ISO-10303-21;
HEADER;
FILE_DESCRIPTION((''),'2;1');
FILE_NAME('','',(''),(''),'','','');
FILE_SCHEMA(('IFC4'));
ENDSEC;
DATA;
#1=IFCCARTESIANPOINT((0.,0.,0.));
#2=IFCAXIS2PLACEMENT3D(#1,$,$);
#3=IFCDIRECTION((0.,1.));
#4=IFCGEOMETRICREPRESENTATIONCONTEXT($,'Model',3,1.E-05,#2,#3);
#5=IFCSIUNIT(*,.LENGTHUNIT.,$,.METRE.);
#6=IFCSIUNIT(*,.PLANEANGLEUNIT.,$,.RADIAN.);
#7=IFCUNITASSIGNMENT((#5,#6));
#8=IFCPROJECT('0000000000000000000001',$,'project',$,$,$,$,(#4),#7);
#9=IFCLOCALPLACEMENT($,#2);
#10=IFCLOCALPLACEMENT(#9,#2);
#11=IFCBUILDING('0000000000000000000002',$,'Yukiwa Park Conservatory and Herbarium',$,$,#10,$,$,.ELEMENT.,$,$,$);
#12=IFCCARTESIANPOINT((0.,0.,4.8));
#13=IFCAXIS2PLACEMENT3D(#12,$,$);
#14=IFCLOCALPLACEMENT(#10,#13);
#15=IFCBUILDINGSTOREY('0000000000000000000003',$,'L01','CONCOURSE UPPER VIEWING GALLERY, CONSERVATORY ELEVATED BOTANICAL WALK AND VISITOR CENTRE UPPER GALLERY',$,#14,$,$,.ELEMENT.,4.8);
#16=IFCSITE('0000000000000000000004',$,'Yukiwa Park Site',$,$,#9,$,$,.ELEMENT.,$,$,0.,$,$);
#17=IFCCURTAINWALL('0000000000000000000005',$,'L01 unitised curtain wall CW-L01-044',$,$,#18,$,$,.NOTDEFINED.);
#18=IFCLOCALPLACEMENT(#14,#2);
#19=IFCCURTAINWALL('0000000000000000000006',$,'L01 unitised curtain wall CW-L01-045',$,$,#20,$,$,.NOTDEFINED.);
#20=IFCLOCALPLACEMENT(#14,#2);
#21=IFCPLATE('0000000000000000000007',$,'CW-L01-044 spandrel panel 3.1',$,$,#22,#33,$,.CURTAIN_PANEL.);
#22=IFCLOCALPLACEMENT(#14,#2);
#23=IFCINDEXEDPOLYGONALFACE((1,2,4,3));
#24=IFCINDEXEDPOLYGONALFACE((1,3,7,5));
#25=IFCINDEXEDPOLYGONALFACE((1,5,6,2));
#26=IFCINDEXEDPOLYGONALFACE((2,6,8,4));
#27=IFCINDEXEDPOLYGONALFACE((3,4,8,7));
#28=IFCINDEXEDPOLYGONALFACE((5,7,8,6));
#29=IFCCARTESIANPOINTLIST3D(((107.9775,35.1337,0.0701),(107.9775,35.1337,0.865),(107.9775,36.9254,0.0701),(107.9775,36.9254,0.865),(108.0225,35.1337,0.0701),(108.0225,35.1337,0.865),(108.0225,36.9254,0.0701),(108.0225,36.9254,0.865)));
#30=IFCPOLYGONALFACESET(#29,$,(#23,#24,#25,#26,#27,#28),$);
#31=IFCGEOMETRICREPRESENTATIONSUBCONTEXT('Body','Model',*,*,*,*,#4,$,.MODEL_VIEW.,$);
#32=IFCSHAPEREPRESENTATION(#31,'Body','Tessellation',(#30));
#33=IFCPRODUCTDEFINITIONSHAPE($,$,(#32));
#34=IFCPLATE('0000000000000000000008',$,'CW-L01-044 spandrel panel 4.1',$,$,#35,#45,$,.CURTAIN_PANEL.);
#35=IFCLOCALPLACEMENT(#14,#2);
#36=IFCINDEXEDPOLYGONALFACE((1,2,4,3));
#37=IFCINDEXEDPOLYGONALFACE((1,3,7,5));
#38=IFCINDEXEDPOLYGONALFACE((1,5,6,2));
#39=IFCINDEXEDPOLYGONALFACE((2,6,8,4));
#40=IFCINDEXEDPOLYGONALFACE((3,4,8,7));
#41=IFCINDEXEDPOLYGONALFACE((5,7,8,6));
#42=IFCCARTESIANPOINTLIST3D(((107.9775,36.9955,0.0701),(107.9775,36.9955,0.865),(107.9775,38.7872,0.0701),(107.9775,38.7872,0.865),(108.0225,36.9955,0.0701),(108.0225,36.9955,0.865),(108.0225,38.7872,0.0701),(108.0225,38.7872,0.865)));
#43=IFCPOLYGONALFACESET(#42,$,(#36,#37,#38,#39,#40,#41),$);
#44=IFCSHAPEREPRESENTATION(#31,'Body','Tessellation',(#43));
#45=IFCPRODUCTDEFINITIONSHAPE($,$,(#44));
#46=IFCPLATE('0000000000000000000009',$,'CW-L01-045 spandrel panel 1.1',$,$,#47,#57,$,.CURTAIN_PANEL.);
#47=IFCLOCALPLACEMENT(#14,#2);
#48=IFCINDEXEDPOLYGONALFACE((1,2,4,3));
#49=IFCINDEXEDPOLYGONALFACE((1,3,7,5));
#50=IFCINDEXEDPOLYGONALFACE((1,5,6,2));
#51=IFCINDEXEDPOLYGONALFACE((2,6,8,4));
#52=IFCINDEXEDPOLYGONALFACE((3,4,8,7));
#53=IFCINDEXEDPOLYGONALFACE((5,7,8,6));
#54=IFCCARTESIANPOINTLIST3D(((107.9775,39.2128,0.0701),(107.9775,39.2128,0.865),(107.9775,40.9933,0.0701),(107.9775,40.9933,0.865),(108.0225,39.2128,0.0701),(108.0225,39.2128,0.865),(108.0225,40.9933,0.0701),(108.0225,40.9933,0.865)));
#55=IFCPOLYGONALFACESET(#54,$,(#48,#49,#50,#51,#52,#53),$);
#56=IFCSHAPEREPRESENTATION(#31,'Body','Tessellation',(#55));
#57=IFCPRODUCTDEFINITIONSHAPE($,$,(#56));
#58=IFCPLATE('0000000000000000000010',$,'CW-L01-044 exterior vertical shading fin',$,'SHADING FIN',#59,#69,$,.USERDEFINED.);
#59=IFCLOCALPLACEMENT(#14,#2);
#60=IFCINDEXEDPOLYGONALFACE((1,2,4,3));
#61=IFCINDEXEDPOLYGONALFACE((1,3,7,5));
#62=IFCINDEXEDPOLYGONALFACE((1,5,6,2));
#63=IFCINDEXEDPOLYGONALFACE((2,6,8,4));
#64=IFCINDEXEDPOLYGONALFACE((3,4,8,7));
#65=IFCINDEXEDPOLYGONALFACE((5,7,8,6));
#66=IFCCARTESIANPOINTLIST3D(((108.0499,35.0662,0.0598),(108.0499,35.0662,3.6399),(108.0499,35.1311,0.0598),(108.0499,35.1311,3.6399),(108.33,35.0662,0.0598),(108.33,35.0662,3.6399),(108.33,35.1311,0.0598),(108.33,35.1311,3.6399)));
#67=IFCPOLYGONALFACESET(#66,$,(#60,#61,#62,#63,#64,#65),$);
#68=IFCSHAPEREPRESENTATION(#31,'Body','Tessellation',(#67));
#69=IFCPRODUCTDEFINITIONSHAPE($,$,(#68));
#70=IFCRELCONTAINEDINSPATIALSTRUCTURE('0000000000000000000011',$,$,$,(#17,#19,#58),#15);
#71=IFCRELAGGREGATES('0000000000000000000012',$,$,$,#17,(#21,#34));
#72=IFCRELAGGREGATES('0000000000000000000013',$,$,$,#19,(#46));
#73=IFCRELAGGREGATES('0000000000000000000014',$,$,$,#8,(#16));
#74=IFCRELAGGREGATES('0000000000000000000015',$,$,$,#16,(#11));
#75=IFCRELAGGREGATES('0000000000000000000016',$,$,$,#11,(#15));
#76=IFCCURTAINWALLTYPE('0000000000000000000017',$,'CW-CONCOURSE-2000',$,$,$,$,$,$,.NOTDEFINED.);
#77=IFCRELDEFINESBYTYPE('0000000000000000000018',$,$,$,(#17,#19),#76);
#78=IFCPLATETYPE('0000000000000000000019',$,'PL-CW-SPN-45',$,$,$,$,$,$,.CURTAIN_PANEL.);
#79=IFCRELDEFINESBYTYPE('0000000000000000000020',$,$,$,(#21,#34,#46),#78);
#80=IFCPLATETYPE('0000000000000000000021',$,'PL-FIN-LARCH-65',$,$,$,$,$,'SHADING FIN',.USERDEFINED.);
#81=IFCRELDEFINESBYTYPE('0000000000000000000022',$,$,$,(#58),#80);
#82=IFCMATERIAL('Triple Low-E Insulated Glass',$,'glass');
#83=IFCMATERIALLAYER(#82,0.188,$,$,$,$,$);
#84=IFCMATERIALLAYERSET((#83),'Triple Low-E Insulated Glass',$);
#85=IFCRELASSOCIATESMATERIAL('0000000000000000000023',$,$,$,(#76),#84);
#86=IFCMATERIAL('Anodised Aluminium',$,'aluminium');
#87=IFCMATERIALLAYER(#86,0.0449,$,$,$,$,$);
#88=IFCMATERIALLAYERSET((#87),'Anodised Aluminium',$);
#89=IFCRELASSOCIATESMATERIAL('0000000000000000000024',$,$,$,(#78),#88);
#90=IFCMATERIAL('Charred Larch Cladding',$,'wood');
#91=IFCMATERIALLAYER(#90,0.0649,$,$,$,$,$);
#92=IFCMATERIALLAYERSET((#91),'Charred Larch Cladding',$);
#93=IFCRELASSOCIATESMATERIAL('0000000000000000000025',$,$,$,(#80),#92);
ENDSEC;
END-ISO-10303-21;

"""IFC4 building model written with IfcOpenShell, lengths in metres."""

from ifc_helpers import new_model, si_unit, direction, frame, origin, origin_2d, place, context, subcontext, project, spatial, rectangle, extrude, material, layer, layer_set, type_object, element, aggregate, save


model = new_model("IFC4")

# Units and contexts
model_context = context("Model", 3, precision=1e-05, world=origin(), true_north=direction((0.0, 1.0)))
body_context = subcontext(model_context, "Body", "Model", "MODEL_VIEW")
ifc_project = project(units=[si_unit("LENGTHUNIT", "METRE"), si_unit("PLANEANGLEUNIT", "RADIAN")], contexts=[model_context])

# Site, building, storey
site_placement = place(None, origin())
site = spatial("IfcSite", under=ifc_project, at=site_placement, Name="Yukiwa Park Site", CompositionType="ELEMENT", RefElevation=0.0)
building_placement = place(site_placement, origin())
building = spatial("IfcBuilding", under=site, at=building_placement, Name="Yukiwa Park Conservatory and Herbarium", CompositionType="ELEMENT")
storey_placement = place(building_placement, frame((0.0, 0.0, 4.8)))
storey = spatial("IfcBuildingStorey", under=building, at=storey_placement, Name="L01", Description="CONCOURSE UPPER VIEWING GALLERY, CONSERVATORY ELEVATED BOTANICAL WALK AND VISITOR CENTRE UPPER GALLERY", CompositionType="ELEMENT", Elevation=4.8)

# Curtain walls
ifc_material_1 = material(Name="Triple Low-E Insulated Glass", Category="glass")
ifc_layer_1 = layer(ifc_material_1, 0.188)
ifc_layer_set_1 = layer_set([ifc_layer_1], Name="Triple Low-E Insulated Glass")
curtain_wall_type = type_object("IfcCurtainWallType", Name="CW-CONCOURSE-2000", PredefinedType="NOTDEFINED", material=ifc_layer_set_1)
curtain_wall_1_placement = place(storey_placement, origin())
curtain_wall_1 = element("IfcCurtainWall", 1, at=curtain_wall_1_placement, inside=storey, type_object=curtain_wall_type, Name="L01 unitised curtain wall CW-L01-044", PredefinedType="NOTDEFINED")
curtain_wall_2_placement = place(storey_placement, origin())
curtain_wall_2 = element("IfcCurtainWall", 2, at=curtain_wall_2_placement, inside=storey, type_object=curtain_wall_type, Name="L01 unitised curtain wall CW-L01-045", PredefinedType="NOTDEFINED")

# Plates
ifc_material_2 = material(Name="Anodised Aluminium", Category="aluminium")
ifc_layer_2 = layer(ifc_material_2, 0.0449)
ifc_layer_set_2 = layer_set([ifc_layer_2], Name="Anodised Aluminium")
plate_type_1 = type_object("IfcPlateType", Name="PL-CW-SPN-45", PredefinedType="CURTAIN_PANEL", material=ifc_layer_set_2)
plate_1_placement = place(storey_placement, frame((108.0, 36.0295, 0.0701), z_axis=(0.0, 0.0, 1.0), x_axis=(0.0, 1.0, 0.0)))
plate_1 = element("IfcPlate", 3, at=plate_1_placement, type_object=plate_type_1, Name="CW-L01-044 spandrel panel 3.1", PredefinedType="CURTAIN_PANEL", context=body_context, shape_type="SweptSolid", body=[
    extrude(rectangle(XDim=1.7917, YDim=0.0449, at=origin_2d()), origin(), (0.0, 0.0, 1.0), 0.7949),
])
plate_2_placement = place(storey_placement, frame((108.0, 37.8914, 0.0701), z_axis=(0.0, 0.0, 1.0), x_axis=(0.0, 1.0, 0.0)))
plate_2 = element("IfcPlate", 4, at=plate_2_placement, type_object=plate_type_1, Name="CW-L01-044 spandrel panel 4.1", PredefinedType="CURTAIN_PANEL", context=body_context, shape_type="SweptSolid", body=[
    extrude(rectangle(XDim=1.7917, YDim=0.0449, at=origin_2d()), origin(), (0.0, 0.0, 1.0), 0.7949),
])
aggregate(curtain_wall_1, [plate_1, plate_2])
plate_3_placement = place(storey_placement, frame((108.0, 40.103, 0.0701), z_axis=(0.0, 0.0, 1.0), x_axis=(0.0, 1.0, 0.0)))
plate_3 = element("IfcPlate", 5, at=plate_3_placement, type_object=plate_type_1, Name="CW-L01-045 spandrel panel 1.1", PredefinedType="CURTAIN_PANEL", context=body_context, shape_type="SweptSolid", body=[
    extrude(rectangle(XDim=1.7805, YDim=0.0449, at=origin_2d()), origin(), (0.0, 0.0, 1.0), 0.7949),
])
aggregate(curtain_wall_2, [plate_3])
ifc_material_3 = material(Name="Charred Larch Cladding", Category="wood")
ifc_layer_3 = layer(ifc_material_3, 0.0649)
ifc_layer_set_3 = layer_set([ifc_layer_3], Name="Charred Larch Cladding")
plate_type_2 = type_object("IfcPlateType", Name="PL-FIN-LARCH-65", ElementType="SHADING FIN", PredefinedType="USERDEFINED", material=ifc_layer_set_3)
plate_4_placement = place(storey_placement, frame((108.1899, 35.0986, 0.0598), z_axis=(0.0, 0.0, 1.0), x_axis=(0.0, 1.0, 0.0)))
element("IfcPlate", 6, at=plate_4_placement, inside=storey, type_object=plate_type_2, Name="CW-L01-044 exterior vertical shading fin", ObjectType="SHADING FIN", PredefinedType="USERDEFINED", context=body_context, shape_type="SweptSolid", body=[
    extrude(rectangle(XDim=0.0649, YDim=0.28, at=origin_2d()), origin(), (0.0, 0.0, 1.0), 3.5801),
])

save(model, "model.ifc")
